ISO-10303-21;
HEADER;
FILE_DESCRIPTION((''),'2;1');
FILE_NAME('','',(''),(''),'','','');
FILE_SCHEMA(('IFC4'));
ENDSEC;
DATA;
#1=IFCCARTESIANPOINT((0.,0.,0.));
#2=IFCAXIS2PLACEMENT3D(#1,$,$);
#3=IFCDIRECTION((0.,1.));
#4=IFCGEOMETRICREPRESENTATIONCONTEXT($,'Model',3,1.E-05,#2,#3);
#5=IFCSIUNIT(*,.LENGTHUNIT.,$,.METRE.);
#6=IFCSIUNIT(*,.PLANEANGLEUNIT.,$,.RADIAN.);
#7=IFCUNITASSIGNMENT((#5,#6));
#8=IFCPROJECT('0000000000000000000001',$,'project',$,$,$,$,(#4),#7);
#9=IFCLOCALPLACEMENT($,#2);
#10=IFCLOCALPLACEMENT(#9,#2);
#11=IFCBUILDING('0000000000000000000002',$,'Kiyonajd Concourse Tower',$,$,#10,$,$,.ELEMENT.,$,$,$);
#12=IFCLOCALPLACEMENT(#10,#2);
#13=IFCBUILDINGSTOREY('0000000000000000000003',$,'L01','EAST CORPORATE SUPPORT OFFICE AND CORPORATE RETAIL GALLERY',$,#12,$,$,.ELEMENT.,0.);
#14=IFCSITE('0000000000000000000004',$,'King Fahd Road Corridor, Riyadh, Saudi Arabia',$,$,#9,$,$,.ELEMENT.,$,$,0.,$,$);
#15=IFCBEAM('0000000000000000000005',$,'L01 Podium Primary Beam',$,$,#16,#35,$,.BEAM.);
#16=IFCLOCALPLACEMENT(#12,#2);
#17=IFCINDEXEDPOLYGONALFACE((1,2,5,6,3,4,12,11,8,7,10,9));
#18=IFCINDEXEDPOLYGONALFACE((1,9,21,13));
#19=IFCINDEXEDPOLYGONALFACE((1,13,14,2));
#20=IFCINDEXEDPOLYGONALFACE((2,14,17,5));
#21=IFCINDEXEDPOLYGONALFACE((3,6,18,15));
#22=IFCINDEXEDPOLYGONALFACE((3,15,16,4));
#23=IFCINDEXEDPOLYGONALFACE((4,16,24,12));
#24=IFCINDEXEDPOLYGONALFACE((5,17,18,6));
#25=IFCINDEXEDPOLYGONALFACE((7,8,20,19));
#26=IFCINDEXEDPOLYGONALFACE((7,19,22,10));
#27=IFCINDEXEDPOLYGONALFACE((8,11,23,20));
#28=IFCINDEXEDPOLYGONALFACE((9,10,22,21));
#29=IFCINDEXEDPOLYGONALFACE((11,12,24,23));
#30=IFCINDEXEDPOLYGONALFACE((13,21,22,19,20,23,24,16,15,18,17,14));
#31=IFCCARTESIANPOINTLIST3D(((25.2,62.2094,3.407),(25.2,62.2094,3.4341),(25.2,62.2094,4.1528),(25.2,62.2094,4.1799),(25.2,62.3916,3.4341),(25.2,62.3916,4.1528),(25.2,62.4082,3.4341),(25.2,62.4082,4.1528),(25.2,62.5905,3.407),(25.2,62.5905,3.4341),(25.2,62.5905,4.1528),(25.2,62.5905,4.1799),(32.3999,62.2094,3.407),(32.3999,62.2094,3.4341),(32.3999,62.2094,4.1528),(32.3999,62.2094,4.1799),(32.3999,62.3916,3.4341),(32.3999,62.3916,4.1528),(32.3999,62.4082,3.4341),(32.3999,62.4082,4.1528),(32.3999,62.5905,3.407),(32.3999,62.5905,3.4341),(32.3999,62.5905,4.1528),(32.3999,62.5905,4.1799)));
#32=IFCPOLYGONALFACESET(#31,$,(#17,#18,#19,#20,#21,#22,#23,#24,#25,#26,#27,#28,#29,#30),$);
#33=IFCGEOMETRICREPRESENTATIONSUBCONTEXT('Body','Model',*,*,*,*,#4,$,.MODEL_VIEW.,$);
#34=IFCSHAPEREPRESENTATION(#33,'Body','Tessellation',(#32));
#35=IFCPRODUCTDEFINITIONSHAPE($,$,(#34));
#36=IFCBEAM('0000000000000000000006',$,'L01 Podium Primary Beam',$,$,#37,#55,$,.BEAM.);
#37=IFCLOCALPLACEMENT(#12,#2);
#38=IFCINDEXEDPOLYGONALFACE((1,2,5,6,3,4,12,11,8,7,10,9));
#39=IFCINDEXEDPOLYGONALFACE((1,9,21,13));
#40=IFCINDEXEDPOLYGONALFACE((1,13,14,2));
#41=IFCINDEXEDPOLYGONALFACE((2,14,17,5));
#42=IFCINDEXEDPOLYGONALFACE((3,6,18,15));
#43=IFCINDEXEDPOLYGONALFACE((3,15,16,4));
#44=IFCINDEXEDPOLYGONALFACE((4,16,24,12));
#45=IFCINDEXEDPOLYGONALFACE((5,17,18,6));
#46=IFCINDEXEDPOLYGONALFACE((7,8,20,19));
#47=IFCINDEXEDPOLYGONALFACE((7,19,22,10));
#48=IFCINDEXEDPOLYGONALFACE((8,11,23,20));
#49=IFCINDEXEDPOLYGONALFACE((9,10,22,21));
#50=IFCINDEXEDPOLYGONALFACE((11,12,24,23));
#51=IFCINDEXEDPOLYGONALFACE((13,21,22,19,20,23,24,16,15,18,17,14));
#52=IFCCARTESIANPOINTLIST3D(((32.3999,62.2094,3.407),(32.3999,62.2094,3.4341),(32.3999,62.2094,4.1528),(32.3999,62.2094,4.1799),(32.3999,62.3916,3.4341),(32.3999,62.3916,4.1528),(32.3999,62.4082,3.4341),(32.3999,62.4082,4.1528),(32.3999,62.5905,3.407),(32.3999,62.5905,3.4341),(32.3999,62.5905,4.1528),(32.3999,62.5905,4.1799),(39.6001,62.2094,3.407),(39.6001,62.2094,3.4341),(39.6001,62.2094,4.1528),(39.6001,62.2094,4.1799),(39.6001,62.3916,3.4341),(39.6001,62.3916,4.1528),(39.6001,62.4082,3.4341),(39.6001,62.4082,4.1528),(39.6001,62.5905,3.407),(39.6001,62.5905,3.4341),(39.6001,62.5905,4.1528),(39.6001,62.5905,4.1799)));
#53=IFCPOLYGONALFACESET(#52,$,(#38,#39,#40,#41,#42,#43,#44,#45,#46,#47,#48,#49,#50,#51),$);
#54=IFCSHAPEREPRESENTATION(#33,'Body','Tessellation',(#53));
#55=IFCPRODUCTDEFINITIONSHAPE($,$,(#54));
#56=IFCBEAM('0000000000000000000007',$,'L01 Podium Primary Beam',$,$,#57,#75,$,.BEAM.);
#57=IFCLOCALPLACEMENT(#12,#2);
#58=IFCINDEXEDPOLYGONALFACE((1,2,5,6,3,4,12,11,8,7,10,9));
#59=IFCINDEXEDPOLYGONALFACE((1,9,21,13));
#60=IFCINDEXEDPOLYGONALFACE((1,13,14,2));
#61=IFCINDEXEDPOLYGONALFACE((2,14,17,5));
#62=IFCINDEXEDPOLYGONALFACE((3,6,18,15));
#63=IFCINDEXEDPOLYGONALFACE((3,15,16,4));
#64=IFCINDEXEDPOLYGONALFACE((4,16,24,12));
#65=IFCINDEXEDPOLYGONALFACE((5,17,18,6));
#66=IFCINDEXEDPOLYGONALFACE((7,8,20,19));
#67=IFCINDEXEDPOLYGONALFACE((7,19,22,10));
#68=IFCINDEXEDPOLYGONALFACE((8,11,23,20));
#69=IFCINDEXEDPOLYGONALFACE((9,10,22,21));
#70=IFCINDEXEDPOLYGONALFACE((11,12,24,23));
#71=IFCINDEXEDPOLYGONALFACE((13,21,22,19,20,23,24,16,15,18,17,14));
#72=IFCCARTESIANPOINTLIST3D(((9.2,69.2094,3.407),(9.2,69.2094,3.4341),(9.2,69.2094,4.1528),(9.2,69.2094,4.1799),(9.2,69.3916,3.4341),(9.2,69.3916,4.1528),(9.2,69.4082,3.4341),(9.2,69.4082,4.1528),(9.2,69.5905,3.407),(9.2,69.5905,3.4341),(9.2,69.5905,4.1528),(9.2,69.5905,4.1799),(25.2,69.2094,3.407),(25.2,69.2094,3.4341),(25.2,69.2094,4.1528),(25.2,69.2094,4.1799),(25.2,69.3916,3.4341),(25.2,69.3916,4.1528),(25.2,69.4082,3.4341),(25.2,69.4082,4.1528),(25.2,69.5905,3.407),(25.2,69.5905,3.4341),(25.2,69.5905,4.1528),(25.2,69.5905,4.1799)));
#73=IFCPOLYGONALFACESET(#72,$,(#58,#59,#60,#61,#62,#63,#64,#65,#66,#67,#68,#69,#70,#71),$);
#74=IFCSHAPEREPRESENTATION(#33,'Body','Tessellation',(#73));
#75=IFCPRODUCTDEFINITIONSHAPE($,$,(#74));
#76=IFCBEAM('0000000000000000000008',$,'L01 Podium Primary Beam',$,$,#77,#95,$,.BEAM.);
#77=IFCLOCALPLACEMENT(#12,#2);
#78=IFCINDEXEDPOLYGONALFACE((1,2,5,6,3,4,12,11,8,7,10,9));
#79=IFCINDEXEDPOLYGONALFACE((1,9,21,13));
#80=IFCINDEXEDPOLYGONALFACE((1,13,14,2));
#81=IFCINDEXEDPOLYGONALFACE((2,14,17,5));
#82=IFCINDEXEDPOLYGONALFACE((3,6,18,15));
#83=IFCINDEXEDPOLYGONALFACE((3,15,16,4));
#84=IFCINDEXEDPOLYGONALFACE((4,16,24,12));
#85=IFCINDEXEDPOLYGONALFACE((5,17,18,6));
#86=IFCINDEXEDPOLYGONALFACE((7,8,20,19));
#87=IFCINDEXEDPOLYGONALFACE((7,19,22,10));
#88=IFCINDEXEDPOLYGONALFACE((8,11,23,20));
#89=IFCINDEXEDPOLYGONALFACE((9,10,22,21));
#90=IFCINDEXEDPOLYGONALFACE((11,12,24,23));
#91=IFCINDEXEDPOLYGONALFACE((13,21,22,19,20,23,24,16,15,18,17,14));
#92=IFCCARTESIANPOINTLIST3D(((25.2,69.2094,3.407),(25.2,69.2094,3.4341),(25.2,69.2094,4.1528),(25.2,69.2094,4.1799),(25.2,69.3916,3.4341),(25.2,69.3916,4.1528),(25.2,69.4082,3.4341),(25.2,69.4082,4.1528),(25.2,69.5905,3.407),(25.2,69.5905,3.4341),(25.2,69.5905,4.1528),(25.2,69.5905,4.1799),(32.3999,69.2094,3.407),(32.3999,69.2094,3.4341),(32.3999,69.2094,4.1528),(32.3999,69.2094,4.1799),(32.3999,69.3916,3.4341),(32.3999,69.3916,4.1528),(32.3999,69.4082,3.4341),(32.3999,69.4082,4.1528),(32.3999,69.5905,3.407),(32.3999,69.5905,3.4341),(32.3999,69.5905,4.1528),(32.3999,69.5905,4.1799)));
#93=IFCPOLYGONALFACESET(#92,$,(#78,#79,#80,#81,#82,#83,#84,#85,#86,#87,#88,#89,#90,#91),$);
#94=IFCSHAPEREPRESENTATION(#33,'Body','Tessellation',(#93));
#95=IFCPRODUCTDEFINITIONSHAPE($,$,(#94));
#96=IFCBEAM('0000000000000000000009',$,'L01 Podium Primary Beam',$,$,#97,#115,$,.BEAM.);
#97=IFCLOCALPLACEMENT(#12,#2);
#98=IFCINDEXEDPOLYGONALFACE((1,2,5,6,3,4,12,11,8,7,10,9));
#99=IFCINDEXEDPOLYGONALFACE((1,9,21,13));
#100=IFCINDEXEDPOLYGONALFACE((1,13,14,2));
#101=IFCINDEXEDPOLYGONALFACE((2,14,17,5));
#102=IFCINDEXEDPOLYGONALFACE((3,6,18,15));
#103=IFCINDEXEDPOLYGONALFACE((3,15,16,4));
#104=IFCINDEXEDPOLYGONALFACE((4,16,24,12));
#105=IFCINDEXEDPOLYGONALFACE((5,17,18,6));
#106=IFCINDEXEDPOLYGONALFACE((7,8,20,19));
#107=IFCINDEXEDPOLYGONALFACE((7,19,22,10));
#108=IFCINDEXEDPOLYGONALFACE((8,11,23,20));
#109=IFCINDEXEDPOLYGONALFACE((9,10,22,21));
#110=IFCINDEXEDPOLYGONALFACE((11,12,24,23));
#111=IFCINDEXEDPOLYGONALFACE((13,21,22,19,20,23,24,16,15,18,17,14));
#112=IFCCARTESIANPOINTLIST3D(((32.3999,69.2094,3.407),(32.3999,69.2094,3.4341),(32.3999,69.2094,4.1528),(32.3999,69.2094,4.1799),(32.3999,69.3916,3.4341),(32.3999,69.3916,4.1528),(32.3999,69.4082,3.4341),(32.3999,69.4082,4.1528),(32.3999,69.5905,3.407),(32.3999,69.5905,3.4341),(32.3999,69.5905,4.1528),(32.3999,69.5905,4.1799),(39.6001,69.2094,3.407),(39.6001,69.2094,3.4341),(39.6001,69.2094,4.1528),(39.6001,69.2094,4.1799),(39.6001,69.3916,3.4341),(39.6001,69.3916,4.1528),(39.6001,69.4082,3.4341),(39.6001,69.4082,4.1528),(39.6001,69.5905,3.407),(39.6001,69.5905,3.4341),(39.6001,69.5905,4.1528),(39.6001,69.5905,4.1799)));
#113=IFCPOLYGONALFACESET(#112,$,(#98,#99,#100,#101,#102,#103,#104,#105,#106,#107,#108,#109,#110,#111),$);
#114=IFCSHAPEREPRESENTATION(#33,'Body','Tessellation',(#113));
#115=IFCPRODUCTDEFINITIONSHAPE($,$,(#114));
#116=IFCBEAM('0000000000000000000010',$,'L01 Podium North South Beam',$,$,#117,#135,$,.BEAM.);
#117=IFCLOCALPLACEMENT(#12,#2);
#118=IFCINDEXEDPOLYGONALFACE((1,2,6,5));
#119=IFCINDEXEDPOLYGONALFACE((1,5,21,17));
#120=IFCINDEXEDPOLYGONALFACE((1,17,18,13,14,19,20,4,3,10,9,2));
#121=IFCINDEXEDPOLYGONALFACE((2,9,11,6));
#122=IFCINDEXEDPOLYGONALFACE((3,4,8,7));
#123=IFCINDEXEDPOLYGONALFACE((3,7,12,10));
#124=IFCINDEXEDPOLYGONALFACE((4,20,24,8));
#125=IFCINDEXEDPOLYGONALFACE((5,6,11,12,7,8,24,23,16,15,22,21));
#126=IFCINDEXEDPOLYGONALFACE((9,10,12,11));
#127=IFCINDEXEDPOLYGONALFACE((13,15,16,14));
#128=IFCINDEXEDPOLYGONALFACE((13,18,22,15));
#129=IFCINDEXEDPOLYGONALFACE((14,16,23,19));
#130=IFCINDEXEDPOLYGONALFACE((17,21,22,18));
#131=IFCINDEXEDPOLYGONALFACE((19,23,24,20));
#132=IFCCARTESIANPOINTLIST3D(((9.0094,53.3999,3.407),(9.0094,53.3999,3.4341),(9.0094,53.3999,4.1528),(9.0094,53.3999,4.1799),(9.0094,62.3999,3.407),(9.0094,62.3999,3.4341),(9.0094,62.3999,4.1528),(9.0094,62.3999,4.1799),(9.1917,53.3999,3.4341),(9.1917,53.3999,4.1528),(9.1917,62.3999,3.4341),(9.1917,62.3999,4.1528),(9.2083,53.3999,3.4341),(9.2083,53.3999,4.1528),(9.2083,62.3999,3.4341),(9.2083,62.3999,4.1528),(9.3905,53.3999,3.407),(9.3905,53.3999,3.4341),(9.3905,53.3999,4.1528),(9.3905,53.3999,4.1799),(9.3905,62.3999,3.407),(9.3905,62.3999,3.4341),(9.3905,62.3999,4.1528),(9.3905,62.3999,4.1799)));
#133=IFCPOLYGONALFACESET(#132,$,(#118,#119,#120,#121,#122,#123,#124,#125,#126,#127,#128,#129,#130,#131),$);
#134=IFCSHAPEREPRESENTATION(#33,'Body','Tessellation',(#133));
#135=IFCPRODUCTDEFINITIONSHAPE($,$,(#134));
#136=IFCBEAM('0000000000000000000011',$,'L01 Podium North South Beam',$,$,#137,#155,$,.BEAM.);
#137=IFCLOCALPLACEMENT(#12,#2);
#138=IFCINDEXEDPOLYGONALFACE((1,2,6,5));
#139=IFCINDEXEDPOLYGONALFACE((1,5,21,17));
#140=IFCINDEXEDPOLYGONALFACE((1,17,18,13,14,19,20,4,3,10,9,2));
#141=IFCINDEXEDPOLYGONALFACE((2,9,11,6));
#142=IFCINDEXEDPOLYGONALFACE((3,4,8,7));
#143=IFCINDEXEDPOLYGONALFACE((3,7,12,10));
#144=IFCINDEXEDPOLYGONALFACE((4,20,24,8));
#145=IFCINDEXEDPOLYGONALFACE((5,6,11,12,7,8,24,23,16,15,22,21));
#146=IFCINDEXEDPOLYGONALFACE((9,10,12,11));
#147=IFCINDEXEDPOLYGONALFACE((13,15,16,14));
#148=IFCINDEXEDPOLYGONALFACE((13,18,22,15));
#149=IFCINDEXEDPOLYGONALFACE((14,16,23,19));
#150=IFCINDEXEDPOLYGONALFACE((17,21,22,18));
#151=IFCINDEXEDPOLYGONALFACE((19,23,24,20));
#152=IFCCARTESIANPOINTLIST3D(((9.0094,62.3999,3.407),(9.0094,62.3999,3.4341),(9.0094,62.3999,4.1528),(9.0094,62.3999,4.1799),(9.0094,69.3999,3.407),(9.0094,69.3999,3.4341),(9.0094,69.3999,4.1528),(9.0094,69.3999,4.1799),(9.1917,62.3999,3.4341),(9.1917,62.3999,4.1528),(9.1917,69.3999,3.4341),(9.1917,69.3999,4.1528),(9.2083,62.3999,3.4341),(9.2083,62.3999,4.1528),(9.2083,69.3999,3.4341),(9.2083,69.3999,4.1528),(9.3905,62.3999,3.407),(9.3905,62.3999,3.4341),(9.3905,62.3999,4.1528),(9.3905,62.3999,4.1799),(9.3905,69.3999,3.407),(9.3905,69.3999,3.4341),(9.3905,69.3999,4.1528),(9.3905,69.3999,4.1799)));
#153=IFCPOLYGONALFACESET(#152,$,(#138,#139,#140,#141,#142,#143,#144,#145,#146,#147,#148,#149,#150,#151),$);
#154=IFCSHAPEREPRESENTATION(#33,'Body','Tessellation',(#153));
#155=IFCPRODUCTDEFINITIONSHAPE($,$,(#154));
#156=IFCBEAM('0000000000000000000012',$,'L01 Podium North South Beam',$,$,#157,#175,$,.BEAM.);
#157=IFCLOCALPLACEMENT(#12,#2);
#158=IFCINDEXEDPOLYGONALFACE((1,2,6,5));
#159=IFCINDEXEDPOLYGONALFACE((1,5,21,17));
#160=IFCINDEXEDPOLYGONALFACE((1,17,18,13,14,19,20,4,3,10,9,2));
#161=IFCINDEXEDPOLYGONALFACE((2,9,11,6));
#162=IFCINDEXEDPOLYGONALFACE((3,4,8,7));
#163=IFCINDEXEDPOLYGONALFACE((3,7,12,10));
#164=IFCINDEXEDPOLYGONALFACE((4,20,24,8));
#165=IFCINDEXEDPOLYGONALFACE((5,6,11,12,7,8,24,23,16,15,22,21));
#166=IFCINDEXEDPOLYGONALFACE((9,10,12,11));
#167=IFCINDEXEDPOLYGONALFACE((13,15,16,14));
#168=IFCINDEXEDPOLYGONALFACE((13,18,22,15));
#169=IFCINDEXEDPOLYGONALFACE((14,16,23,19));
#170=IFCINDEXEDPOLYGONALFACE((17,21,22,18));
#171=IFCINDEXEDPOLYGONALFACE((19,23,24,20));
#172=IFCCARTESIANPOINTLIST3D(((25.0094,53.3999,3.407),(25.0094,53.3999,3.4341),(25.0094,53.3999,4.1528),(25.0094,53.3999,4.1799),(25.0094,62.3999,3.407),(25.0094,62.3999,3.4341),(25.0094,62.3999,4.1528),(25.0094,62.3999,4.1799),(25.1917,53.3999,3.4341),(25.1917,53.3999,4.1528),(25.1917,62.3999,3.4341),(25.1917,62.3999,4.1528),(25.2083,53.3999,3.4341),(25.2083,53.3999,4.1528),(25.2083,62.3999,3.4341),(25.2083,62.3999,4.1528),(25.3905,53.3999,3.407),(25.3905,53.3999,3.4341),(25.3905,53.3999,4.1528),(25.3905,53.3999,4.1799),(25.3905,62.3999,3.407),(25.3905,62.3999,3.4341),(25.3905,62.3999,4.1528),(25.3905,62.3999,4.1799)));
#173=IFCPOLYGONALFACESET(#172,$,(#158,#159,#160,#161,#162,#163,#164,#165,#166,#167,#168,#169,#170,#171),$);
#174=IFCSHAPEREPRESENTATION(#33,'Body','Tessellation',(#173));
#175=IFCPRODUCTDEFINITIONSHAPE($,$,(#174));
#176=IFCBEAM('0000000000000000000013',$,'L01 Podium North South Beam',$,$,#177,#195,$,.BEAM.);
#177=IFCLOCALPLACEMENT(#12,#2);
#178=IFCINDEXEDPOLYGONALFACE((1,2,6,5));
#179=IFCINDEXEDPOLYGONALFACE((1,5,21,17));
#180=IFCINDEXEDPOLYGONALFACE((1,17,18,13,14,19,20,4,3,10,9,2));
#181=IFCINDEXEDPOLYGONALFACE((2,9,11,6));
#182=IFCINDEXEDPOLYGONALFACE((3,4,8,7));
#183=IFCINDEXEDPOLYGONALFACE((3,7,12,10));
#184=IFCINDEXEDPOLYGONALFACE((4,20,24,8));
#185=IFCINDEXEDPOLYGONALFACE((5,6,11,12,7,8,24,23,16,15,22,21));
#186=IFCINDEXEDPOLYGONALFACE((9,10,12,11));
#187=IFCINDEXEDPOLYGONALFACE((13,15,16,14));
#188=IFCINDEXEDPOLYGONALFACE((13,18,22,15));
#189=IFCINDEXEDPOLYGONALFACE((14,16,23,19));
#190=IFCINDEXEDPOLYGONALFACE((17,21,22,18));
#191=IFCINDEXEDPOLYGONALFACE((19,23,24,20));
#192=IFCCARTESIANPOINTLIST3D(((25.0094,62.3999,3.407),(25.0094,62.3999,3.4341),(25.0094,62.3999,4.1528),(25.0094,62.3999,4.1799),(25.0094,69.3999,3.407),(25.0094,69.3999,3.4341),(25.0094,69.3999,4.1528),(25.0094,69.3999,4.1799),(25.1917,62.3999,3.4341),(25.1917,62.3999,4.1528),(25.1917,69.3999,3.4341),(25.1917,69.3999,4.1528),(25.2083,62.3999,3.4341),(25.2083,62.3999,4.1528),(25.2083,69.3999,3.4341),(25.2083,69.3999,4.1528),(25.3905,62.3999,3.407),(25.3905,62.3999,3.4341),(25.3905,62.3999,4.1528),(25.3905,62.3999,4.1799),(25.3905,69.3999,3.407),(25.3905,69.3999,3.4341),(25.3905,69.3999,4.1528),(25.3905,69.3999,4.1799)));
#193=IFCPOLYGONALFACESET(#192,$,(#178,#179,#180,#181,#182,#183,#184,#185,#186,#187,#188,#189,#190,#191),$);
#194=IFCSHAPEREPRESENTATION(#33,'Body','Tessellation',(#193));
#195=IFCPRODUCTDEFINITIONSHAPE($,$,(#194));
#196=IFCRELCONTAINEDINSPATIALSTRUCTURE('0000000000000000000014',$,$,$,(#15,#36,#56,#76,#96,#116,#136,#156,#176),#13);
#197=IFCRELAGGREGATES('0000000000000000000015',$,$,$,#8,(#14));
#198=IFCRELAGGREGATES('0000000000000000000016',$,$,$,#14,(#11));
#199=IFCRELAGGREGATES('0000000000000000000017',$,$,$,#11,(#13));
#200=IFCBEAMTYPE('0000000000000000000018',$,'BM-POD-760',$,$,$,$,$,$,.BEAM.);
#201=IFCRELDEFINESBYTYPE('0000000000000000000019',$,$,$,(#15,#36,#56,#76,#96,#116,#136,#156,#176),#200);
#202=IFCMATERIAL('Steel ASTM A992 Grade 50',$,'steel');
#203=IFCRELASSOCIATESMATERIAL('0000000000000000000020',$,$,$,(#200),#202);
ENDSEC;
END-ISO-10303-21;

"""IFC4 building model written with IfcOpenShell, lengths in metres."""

from ifc_helpers import new_model, si_unit, direction, frame, origin, origin_2d, place, context, subcontext, project, spatial, i_section, extrude, material, material_profile, profile_set, type_object, element, save


model = new_model("IFC4")

# Units and contexts
model_context = context("Model", 3, precision=1e-05, world=origin(), true_north=direction((0.0, 1.0)))
body_context = subcontext(model_context, "Body", "Model", "MODEL_VIEW")
ifc_project = project(units=[si_unit("LENGTHUNIT", "METRE"), si_unit("PLANEANGLEUNIT", "RADIAN")], contexts=[model_context])

# Site, building, storey
site_placement = place(None, origin())
site = spatial("IfcSite", under=ifc_project, at=site_placement, Name="King Fahd Road Corridor, Riyadh, Saudi Arabia", CompositionType="ELEMENT", RefElevation=0.0)
building_placement = place(site_placement, origin())
building = spatial("IfcBuilding", under=site, at=building_placement, Name="Kiyonajd Concourse Tower", CompositionType="ELEMENT")
storey_placement = place(building_placement, origin())
storey = spatial("IfcBuildingStorey", under=building, at=storey_placement, Name="L01", Description="EAST CORPORATE SUPPORT OFFICE AND CORPORATE RETAIL GALLERY", CompositionType="ELEMENT", Elevation=0.0)

# Beams
ifc_material_1 = material(Name="Steel ASTM A992 Grade 50", Category="steel")
ifc_material_profile_1 = material_profile(ifc_material_1, i_section(OverallWidth=0.3811, OverallDepth=0.7729, WebThickness=0.0166, FlangeThickness=0.0271, at=origin_2d()), Name="W760X257")
ifc_profile_set_1 = profile_set([ifc_material_profile_1], Name="Steel ASTM A992 Grade 50")
beam_type_1 = type_object("IfcBeamType", Name="BM-POD-760", PredefinedType="BEAM", material=ifc_profile_set_1)
beam_1_placement = place(storey_placement, frame((25.2, 62.3999, 3.7935), z_axis=(1.0, 0.0, 0.0), x_axis=(0.0, 1.0, 0.0)))
element("IfcBeam", 1, at=beam_1_placement, inside=storey, type_object=beam_type_1, Name="L01 Podium Primary Beam", PredefinedType="BEAM", context=body_context, shape_type="SweptSolid", body=[
    extrude(i_section(OverallWidth=0.3811, OverallDepth=0.7729, WebThickness=0.0166, FlangeThickness=0.0271, at=origin_2d()), origin(), (0.0, 0.0, 1.0), 7.2),
])
beam_2_placement = place(storey_placement, frame((32.3999, 62.3999, 3.7935), z_axis=(1.0, 0.0, 0.0), x_axis=(0.0, 1.0, 0.0)))
element("IfcBeam", 2, at=beam_2_placement, inside=storey, type_object=beam_type_1, Name="L01 Podium Primary Beam", PredefinedType="BEAM", context=body_context, shape_type="SweptSolid", body=[
    extrude(i_section(OverallWidth=0.3811, OverallDepth=0.7729, WebThickness=0.0166, FlangeThickness=0.0271, at=origin_2d()), origin(), (0.0, 0.0, 1.0), 7.2002),
])
beam_3_placement = place(storey_placement, frame((9.2, 69.3999, 3.7935), z_axis=(1.0, 0.0, 0.0), x_axis=(0.0, 1.0, 0.0)))
element("IfcBeam", 3, at=beam_3_placement, inside=storey, type_object=beam_type_1, Name="L01 Podium Primary Beam", PredefinedType="BEAM", context=body_context, shape_type="SweptSolid", body=[
    extrude(i_section(OverallWidth=0.3811, OverallDepth=0.7729, WebThickness=0.0166, FlangeThickness=0.0271, at=origin_2d()), origin(), (0.0, 0.0, 1.0), 16.0),
])
beam_4_placement = place(storey_placement, frame((25.2, 69.3999, 3.7935), z_axis=(1.0, 0.0, 0.0), x_axis=(0.0, 1.0, 0.0)))
element("IfcBeam", 4, at=beam_4_placement, inside=storey, type_object=beam_type_1, Name="L01 Podium Primary Beam", PredefinedType="BEAM", context=body_context, shape_type="SweptSolid", body=[
    extrude(i_section(OverallWidth=0.3811, OverallDepth=0.7729, WebThickness=0.0166, FlangeThickness=0.0271, at=origin_2d()), origin(), (0.0, 0.0, 1.0), 7.2),
])
beam_5_placement = place(storey_placement, frame((32.3999, 69.3999, 3.7935), z_axis=(1.0, 0.0, 0.0), x_axis=(0.0, 1.0, 0.0)))
element("IfcBeam", 5, at=beam_5_placement, inside=storey, type_object=beam_type_1, Name="L01 Podium Primary Beam", PredefinedType="BEAM", context=body_context, shape_type="SweptSolid", body=[
    extrude(i_section(OverallWidth=0.3811, OverallDepth=0.7729, WebThickness=0.0166, FlangeThickness=0.0271, at=origin_2d()), origin(), (0.0, 0.0, 1.0), 7.2002),
])
beam_6_placement = place(storey_placement, frame((9.2, 53.3999, 3.7935), z_axis=(0.0, 1.0, 0.0), x_axis=(-1.0, 0.0, 0.0)))
element("IfcBeam", 6, at=beam_6_placement, inside=storey, type_object=beam_type_1, Name="L01 Podium North South Beam", PredefinedType="BEAM", context=body_context, shape_type="SweptSolid", body=[
    extrude(i_section(OverallWidth=0.3811, OverallDepth=0.7729, WebThickness=0.0166, FlangeThickness=0.0271, at=origin_2d()), origin(), (0.0, 0.0, 1.0), 9.0),
])
beam_7_placement = place(storey_placement, frame((9.2, 62.3999, 3.7935), z_axis=(0.0, 1.0, 0.0), x_axis=(-1.0, 0.0, 0.0)))
element("IfcBeam", 7, at=beam_7_placement, inside=storey, type_object=beam_type_1, Name="L01 Podium North South Beam", PredefinedType="BEAM", context=body_context, shape_type="SweptSolid", body=[
    extrude(i_section(OverallWidth=0.3811, OverallDepth=0.7729, WebThickness=0.0166, FlangeThickness=0.0271, at=origin_2d()), origin(), (0.0, 0.0, 1.0), 7.0),
])
beam_8_placement = place(storey_placement, frame((25.2, 53.3999, 3.7935), z_axis=(0.0, 1.0, 0.0), x_axis=(-1.0, 0.0, 0.0)))
element("IfcBeam", 8, at=beam_8_placement, inside=storey, type_object=beam_type_1, Name="L01 Podium North South Beam", PredefinedType="BEAM", context=body_context, shape_type="SweptSolid", body=[
    extrude(i_section(OverallWidth=0.3811, OverallDepth=0.7729, WebThickness=0.0166, FlangeThickness=0.0271, at=origin_2d()), origin(), (0.0, 0.0, 1.0), 9.0),
])
beam_9_placement = place(storey_placement, frame((25.2, 62.3999, 3.7935), z_axis=(0.0, 1.0, 0.0), x_axis=(-1.0, 0.0, 0.0)))
element("IfcBeam", 9, at=beam_9_placement, inside=storey, type_object=beam_type_1, Name="L01 Podium North South Beam", PredefinedType="BEAM", context=body_context, shape_type="SweptSolid", body=[
    extrude(i_section(OverallWidth=0.3811, OverallDepth=0.7729, WebThickness=0.0166, FlangeThickness=0.0271, at=origin_2d()), origin(), (0.0, 0.0, 1.0), 7.0),
])

save(model, "model.ifc")
